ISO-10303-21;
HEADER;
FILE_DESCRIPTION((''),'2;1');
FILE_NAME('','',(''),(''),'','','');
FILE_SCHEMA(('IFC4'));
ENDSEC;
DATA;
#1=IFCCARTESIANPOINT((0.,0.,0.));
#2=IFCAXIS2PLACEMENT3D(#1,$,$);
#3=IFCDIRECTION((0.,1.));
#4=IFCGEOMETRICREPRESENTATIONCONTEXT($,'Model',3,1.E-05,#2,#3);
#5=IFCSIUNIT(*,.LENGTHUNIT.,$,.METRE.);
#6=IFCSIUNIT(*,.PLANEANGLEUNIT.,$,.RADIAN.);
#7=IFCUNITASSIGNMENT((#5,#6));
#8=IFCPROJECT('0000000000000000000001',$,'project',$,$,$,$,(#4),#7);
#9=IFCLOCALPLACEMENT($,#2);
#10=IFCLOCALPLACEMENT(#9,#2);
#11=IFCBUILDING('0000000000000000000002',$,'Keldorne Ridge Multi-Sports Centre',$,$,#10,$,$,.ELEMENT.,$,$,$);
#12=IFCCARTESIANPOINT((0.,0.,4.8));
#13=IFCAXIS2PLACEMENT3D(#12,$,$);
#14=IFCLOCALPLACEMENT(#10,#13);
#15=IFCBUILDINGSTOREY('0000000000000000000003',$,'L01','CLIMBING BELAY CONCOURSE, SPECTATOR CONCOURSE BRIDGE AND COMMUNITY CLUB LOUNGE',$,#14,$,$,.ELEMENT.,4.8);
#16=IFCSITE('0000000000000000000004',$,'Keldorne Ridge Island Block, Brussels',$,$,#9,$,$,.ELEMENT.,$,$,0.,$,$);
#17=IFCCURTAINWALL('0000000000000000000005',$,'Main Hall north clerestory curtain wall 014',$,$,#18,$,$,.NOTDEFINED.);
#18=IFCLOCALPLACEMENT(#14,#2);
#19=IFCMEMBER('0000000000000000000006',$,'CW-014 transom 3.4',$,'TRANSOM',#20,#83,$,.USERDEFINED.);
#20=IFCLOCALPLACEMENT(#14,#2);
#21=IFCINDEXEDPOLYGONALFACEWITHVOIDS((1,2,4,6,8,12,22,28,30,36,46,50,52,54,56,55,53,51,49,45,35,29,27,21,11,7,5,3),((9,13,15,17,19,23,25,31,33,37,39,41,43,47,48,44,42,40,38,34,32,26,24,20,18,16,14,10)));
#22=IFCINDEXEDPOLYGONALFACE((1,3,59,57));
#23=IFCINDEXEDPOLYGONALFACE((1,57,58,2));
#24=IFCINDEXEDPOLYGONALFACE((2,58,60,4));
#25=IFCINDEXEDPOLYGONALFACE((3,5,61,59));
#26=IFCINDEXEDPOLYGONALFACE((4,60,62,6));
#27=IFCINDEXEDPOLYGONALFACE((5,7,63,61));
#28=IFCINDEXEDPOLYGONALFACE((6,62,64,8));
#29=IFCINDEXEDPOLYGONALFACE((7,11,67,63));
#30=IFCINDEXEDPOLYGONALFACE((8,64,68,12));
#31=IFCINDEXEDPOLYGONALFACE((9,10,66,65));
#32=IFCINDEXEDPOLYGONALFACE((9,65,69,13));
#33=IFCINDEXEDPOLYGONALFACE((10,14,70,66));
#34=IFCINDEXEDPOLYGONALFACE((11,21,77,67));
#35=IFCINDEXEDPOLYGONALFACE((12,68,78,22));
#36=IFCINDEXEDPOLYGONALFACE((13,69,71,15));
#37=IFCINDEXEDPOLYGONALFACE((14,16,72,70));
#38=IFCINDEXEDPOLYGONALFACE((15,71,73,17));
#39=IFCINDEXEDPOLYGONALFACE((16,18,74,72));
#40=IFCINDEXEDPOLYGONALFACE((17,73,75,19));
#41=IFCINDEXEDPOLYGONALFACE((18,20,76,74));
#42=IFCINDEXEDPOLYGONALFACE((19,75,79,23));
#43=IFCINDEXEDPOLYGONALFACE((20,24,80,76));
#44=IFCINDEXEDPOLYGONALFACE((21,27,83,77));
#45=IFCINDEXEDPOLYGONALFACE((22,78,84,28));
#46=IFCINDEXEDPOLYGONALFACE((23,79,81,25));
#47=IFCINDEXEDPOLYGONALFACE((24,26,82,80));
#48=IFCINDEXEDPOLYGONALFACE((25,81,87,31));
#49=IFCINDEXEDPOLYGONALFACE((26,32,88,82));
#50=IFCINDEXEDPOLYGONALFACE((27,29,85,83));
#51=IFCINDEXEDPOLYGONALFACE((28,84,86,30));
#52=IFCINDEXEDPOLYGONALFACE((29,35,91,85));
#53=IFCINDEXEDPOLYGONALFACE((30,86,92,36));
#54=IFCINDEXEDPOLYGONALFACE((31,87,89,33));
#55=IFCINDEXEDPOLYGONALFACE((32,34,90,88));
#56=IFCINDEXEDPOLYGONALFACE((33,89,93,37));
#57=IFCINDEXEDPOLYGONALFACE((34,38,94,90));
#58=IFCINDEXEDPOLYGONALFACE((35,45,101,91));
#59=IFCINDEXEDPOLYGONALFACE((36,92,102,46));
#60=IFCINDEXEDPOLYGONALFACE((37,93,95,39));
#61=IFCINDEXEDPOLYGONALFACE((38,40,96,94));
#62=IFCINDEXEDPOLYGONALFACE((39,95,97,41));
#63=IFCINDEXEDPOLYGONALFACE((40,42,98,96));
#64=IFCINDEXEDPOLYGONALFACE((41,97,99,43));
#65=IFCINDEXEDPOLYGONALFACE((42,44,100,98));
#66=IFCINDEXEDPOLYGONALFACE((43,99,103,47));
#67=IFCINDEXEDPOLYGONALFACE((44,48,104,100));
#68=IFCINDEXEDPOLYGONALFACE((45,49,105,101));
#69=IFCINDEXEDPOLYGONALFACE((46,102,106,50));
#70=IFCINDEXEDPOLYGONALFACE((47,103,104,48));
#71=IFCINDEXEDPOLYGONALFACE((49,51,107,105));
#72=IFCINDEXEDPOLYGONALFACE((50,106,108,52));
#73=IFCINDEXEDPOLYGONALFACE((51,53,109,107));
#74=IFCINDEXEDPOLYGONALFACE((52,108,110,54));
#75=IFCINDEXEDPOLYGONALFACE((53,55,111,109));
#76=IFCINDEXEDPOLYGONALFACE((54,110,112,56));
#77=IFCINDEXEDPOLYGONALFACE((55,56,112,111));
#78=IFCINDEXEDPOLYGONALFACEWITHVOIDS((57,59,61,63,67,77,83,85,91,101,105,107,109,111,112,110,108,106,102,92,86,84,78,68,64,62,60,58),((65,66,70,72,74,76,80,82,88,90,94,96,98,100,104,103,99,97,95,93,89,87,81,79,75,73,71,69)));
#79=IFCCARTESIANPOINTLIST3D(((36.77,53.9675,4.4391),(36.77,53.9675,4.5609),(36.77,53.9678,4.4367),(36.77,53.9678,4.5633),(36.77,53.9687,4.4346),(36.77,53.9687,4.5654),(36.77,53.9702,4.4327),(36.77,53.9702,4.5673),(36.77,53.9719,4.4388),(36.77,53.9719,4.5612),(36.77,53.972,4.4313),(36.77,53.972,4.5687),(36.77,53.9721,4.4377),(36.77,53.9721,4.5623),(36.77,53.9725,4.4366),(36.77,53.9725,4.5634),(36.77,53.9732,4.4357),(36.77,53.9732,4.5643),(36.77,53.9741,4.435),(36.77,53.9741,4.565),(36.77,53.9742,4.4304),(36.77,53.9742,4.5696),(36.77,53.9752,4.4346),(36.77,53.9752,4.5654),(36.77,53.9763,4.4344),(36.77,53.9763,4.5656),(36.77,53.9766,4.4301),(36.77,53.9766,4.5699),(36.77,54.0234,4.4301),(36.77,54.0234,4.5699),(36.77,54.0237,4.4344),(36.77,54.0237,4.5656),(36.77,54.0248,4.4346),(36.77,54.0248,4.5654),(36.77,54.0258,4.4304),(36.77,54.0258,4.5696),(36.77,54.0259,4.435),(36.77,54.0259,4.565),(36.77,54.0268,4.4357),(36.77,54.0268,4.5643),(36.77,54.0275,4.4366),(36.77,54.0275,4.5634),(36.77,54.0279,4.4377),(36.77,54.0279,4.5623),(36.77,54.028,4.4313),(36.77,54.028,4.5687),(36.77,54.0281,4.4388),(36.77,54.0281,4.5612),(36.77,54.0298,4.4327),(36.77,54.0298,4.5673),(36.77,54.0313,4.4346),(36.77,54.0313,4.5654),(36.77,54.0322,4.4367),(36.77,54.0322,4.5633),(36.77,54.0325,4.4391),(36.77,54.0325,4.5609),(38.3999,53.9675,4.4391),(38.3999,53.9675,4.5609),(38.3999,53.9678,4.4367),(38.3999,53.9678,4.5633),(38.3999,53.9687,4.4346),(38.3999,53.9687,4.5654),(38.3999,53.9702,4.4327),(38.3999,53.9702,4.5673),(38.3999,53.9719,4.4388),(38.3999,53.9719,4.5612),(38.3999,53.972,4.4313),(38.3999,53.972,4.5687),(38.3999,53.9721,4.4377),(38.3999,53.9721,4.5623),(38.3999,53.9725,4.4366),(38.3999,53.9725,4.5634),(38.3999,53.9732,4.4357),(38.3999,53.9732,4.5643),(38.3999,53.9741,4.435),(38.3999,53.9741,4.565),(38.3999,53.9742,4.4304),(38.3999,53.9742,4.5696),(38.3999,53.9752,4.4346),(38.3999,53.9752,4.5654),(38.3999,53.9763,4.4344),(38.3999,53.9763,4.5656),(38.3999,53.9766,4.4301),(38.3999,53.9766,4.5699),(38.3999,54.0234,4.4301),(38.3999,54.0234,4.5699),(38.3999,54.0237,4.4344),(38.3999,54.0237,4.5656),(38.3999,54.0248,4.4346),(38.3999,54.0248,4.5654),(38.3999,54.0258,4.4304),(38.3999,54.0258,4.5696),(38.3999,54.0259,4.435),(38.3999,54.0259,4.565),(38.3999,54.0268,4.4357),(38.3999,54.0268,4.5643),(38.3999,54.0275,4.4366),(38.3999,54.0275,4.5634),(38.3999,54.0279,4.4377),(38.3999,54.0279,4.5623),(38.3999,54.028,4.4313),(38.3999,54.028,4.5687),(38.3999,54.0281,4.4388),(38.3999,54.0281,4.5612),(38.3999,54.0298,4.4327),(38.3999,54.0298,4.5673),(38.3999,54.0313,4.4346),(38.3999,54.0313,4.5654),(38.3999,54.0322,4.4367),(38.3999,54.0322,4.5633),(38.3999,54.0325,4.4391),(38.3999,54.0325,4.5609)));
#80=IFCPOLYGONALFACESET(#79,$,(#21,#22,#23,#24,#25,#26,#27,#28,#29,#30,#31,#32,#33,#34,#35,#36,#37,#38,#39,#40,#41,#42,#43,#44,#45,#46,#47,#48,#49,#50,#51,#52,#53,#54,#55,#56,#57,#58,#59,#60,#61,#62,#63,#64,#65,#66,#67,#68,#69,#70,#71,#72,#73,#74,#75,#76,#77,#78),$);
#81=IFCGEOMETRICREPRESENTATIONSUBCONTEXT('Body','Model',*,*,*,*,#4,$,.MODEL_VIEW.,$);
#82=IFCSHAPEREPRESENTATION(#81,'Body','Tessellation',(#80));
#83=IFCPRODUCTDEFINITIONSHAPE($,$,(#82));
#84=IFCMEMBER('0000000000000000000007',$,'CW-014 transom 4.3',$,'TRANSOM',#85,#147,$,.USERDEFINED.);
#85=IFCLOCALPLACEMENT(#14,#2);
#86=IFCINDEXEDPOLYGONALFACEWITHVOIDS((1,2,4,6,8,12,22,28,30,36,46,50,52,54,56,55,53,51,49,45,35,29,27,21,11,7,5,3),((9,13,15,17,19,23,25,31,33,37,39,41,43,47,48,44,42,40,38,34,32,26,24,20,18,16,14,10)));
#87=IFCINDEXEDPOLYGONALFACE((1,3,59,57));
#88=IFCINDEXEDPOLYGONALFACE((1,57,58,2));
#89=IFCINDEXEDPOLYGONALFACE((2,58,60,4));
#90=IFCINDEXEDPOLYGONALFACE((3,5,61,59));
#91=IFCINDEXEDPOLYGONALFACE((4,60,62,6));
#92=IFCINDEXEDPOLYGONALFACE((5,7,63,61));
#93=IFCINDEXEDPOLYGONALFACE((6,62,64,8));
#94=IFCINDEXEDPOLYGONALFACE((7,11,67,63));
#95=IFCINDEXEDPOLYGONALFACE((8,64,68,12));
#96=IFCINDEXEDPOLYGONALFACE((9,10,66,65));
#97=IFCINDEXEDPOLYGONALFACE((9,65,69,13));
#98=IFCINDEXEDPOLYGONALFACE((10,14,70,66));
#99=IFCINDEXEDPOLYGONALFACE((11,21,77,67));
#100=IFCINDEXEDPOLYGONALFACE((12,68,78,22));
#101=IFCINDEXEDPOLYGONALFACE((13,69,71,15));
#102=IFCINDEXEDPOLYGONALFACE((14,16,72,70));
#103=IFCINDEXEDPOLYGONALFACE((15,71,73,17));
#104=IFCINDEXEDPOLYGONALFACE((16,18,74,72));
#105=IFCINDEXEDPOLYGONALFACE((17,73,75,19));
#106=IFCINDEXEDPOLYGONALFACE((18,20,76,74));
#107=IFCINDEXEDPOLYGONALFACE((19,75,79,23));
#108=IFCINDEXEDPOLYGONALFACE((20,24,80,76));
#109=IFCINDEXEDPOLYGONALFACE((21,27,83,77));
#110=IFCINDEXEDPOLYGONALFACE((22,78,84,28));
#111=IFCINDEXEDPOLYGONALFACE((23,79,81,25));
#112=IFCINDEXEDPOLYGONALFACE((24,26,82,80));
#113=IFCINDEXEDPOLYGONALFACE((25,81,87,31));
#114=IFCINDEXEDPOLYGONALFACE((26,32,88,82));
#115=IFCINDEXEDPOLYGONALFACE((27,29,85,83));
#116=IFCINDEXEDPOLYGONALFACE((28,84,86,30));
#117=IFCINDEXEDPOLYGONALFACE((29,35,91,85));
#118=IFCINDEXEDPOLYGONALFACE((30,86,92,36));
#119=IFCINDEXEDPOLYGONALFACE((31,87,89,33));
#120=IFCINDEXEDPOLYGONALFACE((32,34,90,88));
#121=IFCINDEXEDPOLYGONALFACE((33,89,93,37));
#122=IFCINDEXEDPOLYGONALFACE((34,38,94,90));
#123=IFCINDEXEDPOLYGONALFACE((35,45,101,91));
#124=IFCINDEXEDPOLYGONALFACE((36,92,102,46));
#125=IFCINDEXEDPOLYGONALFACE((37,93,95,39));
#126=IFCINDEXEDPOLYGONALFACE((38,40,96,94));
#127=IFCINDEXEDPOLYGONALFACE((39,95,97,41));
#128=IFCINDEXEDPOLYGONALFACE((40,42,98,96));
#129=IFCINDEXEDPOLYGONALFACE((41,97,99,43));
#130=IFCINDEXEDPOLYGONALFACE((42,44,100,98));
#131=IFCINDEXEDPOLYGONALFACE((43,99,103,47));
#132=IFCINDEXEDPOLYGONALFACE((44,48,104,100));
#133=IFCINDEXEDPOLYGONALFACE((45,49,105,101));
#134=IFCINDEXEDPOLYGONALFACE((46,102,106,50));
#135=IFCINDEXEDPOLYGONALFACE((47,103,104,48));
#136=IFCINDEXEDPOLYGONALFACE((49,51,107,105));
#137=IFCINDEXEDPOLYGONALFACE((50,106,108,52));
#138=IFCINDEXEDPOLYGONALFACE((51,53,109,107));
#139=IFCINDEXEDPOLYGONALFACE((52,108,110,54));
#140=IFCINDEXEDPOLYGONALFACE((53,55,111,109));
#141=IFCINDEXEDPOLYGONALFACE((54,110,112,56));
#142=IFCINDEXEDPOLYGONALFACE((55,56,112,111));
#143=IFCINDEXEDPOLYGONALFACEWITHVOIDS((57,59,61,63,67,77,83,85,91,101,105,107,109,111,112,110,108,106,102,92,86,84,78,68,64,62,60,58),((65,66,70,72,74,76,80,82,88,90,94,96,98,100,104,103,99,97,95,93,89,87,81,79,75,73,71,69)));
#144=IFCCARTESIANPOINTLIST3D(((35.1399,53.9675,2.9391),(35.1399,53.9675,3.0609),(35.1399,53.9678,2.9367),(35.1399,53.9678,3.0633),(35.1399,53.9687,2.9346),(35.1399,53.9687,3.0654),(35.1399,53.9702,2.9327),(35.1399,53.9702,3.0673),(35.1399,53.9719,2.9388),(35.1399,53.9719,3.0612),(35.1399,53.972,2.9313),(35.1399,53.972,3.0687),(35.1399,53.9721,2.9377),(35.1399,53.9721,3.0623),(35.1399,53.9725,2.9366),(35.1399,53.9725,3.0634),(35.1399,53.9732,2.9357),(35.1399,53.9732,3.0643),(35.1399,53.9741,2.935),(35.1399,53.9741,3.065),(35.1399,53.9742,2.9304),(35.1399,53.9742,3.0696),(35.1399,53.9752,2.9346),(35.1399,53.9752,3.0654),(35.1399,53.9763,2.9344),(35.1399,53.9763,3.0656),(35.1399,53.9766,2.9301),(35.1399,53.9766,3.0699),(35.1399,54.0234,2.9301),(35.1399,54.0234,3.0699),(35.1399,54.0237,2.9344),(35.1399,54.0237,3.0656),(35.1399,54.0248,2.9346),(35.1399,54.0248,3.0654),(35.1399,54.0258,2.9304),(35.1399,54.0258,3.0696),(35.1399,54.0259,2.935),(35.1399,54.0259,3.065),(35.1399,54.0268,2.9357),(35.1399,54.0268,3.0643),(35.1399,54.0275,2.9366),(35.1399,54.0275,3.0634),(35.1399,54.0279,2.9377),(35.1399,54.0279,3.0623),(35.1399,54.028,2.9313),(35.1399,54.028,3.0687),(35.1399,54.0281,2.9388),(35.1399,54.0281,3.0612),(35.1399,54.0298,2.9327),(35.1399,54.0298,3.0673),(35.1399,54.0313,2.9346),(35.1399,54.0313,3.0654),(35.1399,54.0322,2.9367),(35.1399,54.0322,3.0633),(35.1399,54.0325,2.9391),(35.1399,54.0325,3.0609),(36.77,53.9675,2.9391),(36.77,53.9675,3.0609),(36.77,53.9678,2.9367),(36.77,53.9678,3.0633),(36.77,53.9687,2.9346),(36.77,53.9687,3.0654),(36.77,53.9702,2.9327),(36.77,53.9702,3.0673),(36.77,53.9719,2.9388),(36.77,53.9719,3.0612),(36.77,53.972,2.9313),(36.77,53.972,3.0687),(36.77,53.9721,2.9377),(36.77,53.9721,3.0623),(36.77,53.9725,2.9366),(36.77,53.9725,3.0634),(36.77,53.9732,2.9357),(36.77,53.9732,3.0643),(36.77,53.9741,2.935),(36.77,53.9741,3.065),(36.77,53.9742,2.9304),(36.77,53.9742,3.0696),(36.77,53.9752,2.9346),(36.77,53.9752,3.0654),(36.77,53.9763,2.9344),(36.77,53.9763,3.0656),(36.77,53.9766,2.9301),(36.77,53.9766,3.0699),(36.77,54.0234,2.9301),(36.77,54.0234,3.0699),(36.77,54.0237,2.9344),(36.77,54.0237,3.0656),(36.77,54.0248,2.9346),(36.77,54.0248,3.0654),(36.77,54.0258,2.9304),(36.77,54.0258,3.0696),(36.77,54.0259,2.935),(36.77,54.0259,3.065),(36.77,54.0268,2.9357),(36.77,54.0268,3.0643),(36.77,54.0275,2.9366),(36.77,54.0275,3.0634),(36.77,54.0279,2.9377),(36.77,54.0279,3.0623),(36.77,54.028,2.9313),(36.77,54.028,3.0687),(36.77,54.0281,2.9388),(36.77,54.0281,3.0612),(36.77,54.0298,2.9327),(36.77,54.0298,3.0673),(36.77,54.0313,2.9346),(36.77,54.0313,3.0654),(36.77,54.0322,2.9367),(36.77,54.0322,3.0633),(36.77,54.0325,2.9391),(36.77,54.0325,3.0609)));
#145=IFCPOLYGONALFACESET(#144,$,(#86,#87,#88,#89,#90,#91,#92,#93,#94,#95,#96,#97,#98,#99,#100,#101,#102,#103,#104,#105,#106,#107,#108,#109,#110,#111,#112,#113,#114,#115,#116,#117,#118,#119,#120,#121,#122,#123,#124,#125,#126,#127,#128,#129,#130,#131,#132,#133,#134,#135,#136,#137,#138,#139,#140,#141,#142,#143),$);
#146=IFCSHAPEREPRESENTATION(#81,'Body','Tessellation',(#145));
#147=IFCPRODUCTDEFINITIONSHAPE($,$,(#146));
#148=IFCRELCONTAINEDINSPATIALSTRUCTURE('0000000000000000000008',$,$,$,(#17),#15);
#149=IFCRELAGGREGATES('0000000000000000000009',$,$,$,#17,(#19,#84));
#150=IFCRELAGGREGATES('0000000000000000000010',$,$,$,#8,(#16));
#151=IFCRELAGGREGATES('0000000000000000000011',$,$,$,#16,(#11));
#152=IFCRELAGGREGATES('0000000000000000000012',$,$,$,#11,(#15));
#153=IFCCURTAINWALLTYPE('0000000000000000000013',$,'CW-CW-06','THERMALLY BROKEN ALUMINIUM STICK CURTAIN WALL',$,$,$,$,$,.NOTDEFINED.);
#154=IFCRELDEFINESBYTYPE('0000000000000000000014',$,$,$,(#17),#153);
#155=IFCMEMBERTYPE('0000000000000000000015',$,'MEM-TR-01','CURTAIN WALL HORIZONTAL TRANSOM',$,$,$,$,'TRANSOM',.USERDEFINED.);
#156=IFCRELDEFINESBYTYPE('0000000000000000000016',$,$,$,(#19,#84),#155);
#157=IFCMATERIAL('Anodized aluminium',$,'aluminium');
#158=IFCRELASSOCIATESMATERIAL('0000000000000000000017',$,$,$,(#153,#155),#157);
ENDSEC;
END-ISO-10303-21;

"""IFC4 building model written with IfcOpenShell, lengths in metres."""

from ifc_helpers import new_model, si_unit, direction, frame, origin, origin_2d, place, context, subcontext, project, spatial, hollow_rectangle, extrude, material, material_profile, profile_set, type_object, element, aggregate, save


model = new_model("IFC4")

# Units and contexts
model_context = context("Model", 3, precision=1e-05, world=origin(), true_north=direction((0.0, 1.0)))
body_context = subcontext(model_context, "Body", "Model", "MODEL_VIEW")
ifc_project = project(units=[si_unit("LENGTHUNIT", "METRE"), si_unit("PLANEANGLEUNIT", "RADIAN")], contexts=[model_context])

# Site, building, storey
site_placement = place(None, origin())
site = spatial("IfcSite", under=ifc_project, at=site_placement, Name="Keldorne Ridge Island Block, Brussels", CompositionType="ELEMENT", RefElevation=0.0)
building_placement = place(site_placement, origin())
building = spatial("IfcBuilding", under=site, at=building_placement, Name="Keldorne Ridge Multi-Sports Centre", CompositionType="ELEMENT")
storey_placement = place(building_placement, frame((0.0, 0.0, 4.8)))
storey = spatial("IfcBuildingStorey", under=building, at=storey_placement, Name="L01", Description="CLIMBING BELAY CONCOURSE, SPECTATOR CONCOURSE BRIDGE AND COMMUNITY CLUB LOUNGE", CompositionType="ELEMENT", Elevation=4.8)

# Curtain wall
ifc_material_1 = material(Name="Anodized aluminium", Category="aluminium")
curtain_wall_type_1 = type_object("IfcCurtainWallType", Name="CW-CW-06", Description="THERMALLY BROKEN ALUMINIUM STICK CURTAIN WALL", PredefinedType="NOTDEFINED", material=ifc_material_1)
curtain_wall_1_placement = place(storey_placement, origin())
curtain_wall_1 = element("IfcCurtainWall", 1, at=curtain_wall_1_placement, inside=storey, type_object=curtain_wall_type_1, Name="Main Hall north clerestory curtain wall 014", PredefinedType="NOTDEFINED")

# Members
ifc_material_profile_1 = material_profile(ifc_material_1, hollow_rectangle(XDim=0.0649, YDim=0.1399, WallThickness=0.0044, InnerFilletRadius=0.0044, OuterFilletRadius=0.009, at=origin_2d()), Name="ALU TRANSOM 140x65x4.5")
ifc_profile_set_1 = profile_set([ifc_material_profile_1], Name="Anodized aluminium")
member_type_1 = type_object("IfcMemberType", Name="MEM-TR-01", Description="CURTAIN WALL HORIZONTAL TRANSOM", ElementType="TRANSOM", PredefinedType="USERDEFINED", material=ifc_profile_set_1)
member_1_placement = place(storey_placement, frame((38.3999, 54.0, 4.5), z_axis=(-1.0, 0.0, 0.0), x_axis=(0.0, -1.0, 0.0)))
member_1 = element("IfcMember", 2, at=member_1_placement, type_object=member_type_1, Name="CW-014 transom 3.4", ObjectType="TRANSOM", PredefinedType="USERDEFINED", context=body_context, shape_type="SweptSolid", body=[
    extrude(hollow_rectangle(XDim=0.0649, YDim=0.1399, WallThickness=0.0044, InnerFilletRadius=0.0044, OuterFilletRadius=0.009, at=origin_2d()), origin(), (0.0, 0.0, 1.0), 1.6299),
])
member_2_placement = place(storey_placement, frame((36.77, 54.0, 3.0), z_axis=(-1.0, 0.0, 0.0), x_axis=(0.0, -1.0, 0.0)))
member_2 = element("IfcMember", 3, at=member_2_placement, type_object=member_type_1, Name="CW-014 transom 4.3", ObjectType="TRANSOM", PredefinedType="USERDEFINED", context=body_context, shape_type="SweptSolid", body=[
    extrude(hollow_rectangle(XDim=0.0649, YDim=0.1399, WallThickness=0.0044, InnerFilletRadius=0.0044, OuterFilletRadius=0.009, at=origin_2d()), origin(), (0.0, 0.0, 1.0), 1.6301),
])

aggregate(curtain_wall_1, [member_1, member_2])

save(model, "model.ifc")
